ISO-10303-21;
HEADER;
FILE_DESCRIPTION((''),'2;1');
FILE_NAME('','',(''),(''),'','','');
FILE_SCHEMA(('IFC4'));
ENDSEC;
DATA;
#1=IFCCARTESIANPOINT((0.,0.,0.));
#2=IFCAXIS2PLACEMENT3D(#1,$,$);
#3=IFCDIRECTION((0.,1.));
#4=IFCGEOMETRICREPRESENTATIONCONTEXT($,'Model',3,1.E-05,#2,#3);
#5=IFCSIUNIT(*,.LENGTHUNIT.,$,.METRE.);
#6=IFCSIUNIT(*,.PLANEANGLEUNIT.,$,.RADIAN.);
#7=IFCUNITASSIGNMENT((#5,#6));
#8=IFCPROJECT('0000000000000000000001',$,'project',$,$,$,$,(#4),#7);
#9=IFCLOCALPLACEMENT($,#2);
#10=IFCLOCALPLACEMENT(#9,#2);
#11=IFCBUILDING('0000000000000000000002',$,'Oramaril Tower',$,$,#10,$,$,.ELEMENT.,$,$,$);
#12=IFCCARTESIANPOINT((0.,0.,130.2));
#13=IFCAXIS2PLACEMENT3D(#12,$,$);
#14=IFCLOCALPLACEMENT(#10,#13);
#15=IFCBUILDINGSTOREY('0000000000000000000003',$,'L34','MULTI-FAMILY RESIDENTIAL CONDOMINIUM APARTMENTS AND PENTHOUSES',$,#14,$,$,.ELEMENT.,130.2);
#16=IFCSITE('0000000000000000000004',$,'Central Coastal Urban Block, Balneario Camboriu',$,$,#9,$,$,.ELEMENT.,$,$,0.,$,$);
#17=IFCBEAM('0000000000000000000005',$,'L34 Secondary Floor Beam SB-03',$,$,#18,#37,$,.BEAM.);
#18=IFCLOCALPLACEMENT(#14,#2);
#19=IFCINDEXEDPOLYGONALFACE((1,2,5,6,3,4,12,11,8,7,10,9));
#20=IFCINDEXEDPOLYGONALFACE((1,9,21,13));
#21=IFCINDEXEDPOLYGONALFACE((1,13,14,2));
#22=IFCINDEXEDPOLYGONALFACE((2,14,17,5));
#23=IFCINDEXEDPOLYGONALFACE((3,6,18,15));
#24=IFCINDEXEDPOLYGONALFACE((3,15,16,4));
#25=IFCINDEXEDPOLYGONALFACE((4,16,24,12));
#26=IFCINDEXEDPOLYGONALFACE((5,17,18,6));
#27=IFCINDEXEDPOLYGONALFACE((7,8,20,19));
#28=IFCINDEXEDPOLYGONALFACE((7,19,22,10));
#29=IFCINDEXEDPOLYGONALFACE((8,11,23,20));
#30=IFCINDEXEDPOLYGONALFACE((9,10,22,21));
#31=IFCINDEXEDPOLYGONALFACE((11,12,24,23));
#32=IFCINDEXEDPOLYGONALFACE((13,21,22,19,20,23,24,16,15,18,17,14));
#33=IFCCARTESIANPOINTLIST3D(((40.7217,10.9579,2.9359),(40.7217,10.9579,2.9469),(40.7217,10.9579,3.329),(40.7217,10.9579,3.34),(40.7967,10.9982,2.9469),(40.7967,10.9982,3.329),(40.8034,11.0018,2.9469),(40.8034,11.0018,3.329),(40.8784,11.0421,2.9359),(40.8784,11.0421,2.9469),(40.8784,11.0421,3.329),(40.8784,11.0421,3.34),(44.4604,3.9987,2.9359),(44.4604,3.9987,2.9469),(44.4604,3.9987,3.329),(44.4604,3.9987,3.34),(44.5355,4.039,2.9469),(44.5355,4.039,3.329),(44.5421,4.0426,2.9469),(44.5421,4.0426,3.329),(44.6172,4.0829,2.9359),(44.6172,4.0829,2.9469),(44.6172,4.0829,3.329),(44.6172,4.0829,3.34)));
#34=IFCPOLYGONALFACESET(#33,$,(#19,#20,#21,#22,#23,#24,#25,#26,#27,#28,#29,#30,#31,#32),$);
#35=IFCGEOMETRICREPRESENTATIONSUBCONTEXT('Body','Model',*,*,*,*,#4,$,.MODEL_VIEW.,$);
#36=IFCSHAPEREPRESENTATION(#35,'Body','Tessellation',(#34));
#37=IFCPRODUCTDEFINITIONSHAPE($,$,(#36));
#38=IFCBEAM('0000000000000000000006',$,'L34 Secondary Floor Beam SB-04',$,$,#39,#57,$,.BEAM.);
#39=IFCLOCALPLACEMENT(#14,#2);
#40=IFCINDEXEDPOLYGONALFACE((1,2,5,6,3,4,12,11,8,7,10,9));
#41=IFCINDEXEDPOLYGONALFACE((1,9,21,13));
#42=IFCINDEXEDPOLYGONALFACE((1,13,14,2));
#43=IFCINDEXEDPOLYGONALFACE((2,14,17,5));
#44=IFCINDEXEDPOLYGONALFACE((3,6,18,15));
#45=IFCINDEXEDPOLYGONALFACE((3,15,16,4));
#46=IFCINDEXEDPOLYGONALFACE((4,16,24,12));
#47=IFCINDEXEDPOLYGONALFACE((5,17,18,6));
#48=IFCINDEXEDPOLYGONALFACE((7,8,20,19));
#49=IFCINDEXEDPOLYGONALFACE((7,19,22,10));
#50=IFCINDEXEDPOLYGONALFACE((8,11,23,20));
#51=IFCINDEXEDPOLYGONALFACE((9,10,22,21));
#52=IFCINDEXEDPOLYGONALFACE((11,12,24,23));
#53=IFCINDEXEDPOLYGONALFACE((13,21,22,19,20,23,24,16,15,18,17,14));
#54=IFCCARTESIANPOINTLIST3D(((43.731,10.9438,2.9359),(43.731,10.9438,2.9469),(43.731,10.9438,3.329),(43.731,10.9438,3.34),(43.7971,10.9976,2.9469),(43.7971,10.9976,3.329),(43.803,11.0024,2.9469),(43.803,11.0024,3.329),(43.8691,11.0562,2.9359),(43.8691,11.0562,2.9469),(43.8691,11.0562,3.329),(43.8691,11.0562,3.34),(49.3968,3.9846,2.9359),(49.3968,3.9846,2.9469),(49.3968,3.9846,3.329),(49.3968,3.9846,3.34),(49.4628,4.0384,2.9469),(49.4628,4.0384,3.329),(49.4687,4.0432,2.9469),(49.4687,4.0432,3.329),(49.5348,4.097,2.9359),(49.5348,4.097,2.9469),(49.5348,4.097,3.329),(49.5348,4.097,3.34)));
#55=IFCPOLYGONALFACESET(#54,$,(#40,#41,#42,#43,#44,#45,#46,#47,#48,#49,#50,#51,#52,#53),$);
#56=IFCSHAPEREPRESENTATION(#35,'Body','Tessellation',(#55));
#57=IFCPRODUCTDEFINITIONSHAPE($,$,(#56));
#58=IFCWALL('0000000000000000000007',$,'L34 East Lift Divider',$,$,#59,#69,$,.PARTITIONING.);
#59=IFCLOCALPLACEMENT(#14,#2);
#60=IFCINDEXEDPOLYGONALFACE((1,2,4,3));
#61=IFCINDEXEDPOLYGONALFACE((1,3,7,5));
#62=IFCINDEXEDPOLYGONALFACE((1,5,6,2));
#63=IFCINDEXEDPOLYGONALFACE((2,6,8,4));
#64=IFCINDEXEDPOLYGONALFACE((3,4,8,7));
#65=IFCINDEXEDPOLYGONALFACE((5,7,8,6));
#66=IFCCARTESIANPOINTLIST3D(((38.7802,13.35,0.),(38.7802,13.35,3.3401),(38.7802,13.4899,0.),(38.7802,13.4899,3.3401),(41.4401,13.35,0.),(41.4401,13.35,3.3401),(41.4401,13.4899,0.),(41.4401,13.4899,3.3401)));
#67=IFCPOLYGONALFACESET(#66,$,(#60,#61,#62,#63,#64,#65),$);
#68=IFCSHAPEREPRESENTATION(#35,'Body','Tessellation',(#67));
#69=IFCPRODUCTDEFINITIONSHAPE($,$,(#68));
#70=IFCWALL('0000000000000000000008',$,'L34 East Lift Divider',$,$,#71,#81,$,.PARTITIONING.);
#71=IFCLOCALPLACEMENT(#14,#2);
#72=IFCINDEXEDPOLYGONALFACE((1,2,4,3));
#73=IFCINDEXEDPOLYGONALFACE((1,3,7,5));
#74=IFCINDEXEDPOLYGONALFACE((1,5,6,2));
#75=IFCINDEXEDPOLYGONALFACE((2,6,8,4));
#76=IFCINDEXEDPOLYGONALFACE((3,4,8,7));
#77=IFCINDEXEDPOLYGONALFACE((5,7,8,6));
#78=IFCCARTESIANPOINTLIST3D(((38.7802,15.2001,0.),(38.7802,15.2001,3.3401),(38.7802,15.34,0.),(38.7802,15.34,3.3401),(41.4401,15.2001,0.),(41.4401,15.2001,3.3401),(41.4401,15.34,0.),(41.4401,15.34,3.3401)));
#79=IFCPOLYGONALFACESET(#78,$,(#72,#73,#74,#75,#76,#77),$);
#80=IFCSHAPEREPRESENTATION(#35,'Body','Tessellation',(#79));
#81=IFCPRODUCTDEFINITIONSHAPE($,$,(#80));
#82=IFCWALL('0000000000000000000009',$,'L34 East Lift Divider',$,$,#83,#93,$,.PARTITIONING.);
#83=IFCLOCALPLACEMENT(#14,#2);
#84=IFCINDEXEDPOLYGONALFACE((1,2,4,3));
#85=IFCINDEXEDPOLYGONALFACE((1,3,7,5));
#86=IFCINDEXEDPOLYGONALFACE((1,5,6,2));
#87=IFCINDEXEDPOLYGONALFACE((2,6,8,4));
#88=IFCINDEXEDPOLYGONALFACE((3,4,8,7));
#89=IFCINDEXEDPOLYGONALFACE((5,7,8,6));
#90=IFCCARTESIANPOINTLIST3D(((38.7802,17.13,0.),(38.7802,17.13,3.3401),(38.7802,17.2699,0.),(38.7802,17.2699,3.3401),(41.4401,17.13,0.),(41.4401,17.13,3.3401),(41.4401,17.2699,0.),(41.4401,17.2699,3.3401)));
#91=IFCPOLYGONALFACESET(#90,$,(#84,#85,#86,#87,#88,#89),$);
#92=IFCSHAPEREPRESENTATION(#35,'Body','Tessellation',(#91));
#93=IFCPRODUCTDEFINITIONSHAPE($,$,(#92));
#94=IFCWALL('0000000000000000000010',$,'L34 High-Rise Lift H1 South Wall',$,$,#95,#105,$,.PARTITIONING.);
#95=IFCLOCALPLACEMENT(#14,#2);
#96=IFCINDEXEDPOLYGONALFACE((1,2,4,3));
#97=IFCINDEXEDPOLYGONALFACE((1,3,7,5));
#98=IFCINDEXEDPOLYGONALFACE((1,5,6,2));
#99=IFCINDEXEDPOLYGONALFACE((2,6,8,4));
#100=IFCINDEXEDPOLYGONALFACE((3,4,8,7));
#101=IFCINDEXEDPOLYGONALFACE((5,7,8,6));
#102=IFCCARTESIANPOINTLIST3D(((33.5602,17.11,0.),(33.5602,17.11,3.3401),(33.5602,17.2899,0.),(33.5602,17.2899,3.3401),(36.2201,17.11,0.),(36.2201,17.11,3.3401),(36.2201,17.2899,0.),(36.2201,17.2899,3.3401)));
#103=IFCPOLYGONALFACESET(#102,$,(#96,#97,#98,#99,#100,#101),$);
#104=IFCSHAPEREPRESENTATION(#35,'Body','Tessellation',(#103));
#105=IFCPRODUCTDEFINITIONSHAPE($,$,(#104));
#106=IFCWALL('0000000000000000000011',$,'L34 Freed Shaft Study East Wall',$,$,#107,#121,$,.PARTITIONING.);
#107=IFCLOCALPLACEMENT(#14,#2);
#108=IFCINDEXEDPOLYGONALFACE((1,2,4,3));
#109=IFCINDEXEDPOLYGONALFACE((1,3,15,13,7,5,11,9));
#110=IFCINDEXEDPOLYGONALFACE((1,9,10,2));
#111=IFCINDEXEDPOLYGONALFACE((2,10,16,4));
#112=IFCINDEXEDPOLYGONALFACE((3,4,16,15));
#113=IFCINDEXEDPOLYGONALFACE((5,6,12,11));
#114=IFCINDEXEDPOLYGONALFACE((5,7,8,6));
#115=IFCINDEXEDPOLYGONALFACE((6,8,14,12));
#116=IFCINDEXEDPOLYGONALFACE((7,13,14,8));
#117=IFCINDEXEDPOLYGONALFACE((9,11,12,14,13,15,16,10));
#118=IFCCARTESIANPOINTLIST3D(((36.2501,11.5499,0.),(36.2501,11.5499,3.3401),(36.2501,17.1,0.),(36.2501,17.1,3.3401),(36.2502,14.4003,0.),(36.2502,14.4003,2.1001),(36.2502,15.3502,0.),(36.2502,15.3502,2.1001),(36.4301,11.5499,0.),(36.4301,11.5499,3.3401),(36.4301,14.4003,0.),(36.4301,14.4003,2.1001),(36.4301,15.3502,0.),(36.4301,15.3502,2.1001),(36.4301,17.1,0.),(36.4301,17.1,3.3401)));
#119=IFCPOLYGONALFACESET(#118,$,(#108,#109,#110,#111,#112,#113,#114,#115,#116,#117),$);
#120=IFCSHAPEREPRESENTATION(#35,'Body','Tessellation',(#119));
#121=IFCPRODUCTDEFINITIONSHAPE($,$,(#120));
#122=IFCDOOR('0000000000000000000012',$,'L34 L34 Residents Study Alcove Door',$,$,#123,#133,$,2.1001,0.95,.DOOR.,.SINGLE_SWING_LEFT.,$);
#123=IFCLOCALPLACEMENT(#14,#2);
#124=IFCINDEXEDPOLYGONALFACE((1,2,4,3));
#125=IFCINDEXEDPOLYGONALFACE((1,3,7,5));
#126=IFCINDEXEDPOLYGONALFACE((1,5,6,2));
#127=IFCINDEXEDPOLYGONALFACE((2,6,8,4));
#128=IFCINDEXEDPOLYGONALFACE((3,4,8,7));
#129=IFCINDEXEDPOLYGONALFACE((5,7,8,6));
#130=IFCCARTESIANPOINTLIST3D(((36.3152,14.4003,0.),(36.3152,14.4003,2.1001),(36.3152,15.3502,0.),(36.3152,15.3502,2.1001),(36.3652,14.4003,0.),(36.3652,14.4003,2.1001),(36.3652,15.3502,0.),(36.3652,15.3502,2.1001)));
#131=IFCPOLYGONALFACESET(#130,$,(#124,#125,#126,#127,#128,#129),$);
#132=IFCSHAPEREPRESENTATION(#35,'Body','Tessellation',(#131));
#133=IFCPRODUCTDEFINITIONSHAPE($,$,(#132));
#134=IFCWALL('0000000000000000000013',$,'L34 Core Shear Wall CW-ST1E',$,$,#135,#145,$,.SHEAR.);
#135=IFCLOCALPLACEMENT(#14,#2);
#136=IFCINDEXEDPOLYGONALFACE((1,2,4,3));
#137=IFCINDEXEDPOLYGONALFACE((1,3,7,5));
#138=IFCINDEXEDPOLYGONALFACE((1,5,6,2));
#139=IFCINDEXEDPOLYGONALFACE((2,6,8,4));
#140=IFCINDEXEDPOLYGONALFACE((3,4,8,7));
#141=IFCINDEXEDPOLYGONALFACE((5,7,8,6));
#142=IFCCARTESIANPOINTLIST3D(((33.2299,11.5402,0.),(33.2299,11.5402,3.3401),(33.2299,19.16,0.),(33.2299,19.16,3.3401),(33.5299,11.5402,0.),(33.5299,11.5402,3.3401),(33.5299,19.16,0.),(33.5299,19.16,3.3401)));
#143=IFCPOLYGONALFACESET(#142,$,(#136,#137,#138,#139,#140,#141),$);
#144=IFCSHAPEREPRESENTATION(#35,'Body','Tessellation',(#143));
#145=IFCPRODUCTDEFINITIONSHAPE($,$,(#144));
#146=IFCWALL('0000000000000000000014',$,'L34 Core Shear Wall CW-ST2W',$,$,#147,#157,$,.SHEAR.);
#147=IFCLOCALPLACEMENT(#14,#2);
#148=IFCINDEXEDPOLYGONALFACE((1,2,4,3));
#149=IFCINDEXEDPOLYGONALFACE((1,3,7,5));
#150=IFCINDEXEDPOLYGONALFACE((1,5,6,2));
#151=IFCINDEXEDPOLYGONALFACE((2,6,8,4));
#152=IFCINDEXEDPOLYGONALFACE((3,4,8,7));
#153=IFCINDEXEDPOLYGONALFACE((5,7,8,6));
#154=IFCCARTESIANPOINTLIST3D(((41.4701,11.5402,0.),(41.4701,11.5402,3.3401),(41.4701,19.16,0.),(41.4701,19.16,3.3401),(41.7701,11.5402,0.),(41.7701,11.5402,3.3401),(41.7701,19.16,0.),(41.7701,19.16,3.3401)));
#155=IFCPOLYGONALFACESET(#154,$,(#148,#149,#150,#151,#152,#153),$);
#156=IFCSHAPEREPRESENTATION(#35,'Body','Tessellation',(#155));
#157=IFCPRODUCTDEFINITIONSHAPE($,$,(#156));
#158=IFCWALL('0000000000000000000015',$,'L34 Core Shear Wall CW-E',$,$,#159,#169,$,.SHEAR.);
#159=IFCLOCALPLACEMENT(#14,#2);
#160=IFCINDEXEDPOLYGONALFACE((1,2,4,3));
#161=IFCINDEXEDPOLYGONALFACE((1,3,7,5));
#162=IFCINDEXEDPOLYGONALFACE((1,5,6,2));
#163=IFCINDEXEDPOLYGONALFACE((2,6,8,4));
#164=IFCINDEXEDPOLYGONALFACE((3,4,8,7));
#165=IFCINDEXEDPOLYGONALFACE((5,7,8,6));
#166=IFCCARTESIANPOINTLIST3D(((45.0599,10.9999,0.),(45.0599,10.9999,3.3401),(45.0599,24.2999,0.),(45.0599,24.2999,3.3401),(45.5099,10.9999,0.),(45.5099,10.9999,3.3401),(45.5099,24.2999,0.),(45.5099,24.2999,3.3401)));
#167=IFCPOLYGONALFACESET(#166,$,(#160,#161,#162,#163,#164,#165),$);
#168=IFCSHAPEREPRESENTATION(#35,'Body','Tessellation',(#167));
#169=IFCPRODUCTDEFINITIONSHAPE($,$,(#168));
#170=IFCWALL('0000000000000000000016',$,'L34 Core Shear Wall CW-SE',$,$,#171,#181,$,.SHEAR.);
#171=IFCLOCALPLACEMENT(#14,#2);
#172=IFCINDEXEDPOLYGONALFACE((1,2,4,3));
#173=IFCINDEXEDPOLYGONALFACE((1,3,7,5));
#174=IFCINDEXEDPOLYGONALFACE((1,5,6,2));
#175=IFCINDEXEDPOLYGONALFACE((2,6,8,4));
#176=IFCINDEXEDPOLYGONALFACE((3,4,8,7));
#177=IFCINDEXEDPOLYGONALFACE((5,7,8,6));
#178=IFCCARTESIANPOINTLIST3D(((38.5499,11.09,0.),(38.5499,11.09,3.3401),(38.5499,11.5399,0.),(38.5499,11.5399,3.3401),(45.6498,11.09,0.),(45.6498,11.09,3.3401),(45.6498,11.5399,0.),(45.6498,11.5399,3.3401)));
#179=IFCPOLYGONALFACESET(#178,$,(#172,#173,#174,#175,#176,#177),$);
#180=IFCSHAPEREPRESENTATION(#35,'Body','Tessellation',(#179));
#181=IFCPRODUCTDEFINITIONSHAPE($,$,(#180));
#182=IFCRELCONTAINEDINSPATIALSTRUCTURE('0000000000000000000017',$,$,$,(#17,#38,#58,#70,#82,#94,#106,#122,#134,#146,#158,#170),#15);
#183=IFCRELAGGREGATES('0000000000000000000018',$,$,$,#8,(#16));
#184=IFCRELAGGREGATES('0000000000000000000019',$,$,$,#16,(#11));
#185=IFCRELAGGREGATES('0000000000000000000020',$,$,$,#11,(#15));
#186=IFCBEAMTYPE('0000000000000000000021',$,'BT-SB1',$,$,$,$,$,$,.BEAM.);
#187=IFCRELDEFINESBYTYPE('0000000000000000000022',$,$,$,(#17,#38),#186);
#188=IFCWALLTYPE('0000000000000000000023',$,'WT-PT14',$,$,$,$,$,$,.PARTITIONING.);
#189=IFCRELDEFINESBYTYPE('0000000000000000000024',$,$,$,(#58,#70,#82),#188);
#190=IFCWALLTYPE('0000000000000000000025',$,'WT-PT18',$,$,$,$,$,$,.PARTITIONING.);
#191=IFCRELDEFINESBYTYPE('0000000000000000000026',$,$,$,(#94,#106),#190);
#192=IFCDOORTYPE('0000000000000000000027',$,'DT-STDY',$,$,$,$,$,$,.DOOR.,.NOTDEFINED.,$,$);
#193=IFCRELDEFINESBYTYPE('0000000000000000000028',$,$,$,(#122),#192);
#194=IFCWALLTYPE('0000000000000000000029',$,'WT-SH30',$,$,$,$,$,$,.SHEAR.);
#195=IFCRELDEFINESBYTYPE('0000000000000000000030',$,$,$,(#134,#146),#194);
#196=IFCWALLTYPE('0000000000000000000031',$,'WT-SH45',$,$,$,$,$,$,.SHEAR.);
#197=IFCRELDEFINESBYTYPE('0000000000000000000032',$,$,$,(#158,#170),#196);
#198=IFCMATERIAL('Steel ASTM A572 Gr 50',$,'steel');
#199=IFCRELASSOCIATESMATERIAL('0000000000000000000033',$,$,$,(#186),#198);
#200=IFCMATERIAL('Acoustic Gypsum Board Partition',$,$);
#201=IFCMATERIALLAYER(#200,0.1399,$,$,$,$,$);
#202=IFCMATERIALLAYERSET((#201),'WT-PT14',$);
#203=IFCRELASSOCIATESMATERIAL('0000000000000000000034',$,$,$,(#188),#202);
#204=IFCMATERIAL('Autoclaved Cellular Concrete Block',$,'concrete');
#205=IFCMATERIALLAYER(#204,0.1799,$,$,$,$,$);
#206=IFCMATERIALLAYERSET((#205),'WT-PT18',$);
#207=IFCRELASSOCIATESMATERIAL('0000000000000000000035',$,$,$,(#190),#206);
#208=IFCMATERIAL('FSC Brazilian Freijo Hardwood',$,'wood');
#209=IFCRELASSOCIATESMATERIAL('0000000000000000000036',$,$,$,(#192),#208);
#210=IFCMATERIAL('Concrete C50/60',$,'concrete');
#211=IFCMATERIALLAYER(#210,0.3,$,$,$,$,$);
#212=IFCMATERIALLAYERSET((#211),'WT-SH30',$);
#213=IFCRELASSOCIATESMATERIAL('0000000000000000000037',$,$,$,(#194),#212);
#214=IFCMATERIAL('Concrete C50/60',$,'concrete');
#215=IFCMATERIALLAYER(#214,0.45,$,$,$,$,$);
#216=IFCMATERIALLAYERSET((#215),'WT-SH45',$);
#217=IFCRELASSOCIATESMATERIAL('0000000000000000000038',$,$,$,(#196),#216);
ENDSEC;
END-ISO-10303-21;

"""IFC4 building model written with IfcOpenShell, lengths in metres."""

from ifc_helpers import new_model, si_unit, direction, frame, frame_2d, origin, origin_2d, place, context, subcontext, project, spatial, rectangle, i_section, extrude, material, layer, layer_set, material_profile, profile_set, type_object, element, fill, save


model = new_model("IFC4")

# Units and contexts
model_context = context("Model", 3, precision=1e-05, world=origin(), true_north=direction((0.0, 1.0)))
body_context = subcontext(model_context, "Body", "Model", "MODEL_VIEW")
ifc_project = project(units=[si_unit("LENGTHUNIT", "METRE"), si_unit("PLANEANGLEUNIT", "RADIAN")], contexts=[model_context])

# Site, building, storey
site_placement = place(None, origin())
site = spatial("IfcSite", under=ifc_project, at=site_placement, Name="Central Coastal Urban Block, Balneario Camboriu", CompositionType="ELEMENT", RefElevation=0.0)
building_placement = place(site_placement, origin())
building = spatial("IfcBuilding", under=site, at=building_placement, Name="Oramaril Tower", CompositionType="ELEMENT")
storey_placement = place(building_placement, frame((0.0, 0.0, 130.2)))
storey = spatial("IfcBuildingStorey", under=building, at=storey_placement, Name="L34", Description="MULTI-FAMILY RESIDENTIAL CONDOMINIUM APARTMENTS AND PENTHOUSES", CompositionType="ELEMENT", Elevation=130.2)

# Beams
ifc_material_1 = material(Name="Steel ASTM A572 Gr 50", Category="steel")
ifc_material_profile = material_profile(ifc_material_1, i_section(OverallWidth=0.178, OverallDepth=0.4041, WebThickness=0.0076, FlangeThickness=0.011, at=origin_2d()), Name="W16X36")
ifc_profile_set = profile_set([ifc_material_profile], Name="Steel ASTM A572 Gr 50")
beam_type = type_object("IfcBeamType", Name="BT-SB1", PredefinedType="BEAM", material=ifc_profile_set)
beam_1_placement = place(storey_placement, frame((40.8, 11.0, 3.1379), z_axis=(0.473265, -0.88092, 0.0), x_axis=(0.88092, 0.473265, 0.0)))
element("IfcBeam", 1, at=beam_1_placement, inside=storey, type_object=beam_type, Name="L34 Secondary Floor Beam SB-03", PredefinedType="BEAM", context=body_context, shape_type="SweptSolid", body=[
    extrude(i_section(OverallWidth=0.178, OverallDepth=0.4041, WebThickness=0.0076, FlangeThickness=0.011, at=origin_2d()), origin(), (0.0, 0.0, 1.0), 7.8999),
])
beam_2_placement = place(storey_placement, frame((43.8, 11.0, 3.1379), z_axis=(0.631357, -0.775492, 0.0), x_axis=(0.775492, 0.631357, 0.0)))
element("IfcBeam", 2, at=beam_2_placement, inside=storey, type_object=beam_type, Name="L34 Secondary Floor Beam SB-04", PredefinedType="BEAM", context=body_context, shape_type="SweptSolid", body=[
    extrude(i_section(OverallWidth=0.178, OverallDepth=0.4041, WebThickness=0.0076, FlangeThickness=0.011, at=origin_2d()), origin(), (0.0, 0.0, 1.0), 8.9739),
])

# Walls
ifc_material_2 = material(Name="Acoustic Gypsum Board Partition")
ifc_layer_1 = layer(ifc_material_2, 0.1399)
ifc_layer_set_1 = layer_set([ifc_layer_1], Name="WT-PT14")
wall_type_1 = type_object("IfcWallType", Name="WT-PT14", PredefinedType="PARTITIONING", material=ifc_layer_set_1)
for number, where, z_axis, x_axis, name in (
    (3, (38.78, 13.4199, 0.0), (0.0, 0.0, 1.0), (1.0, 0.0, 0.0), "L34 East Lift Divider"),
    (4, (38.78, 15.27, 0.0), (0.0, 0.0, 1.0), (1.0, 0.0, 0.0), "L34 East Lift Divider"),
    (5, (38.78, 17.2, 0.0), (0.0, 0.0, 1.0), (1.0, 0.0, 0.0), "L34 East Lift Divider"),
):
    element("IfcWall", number, at=place(storey_placement, frame(where, z_axis=z_axis, x_axis=x_axis)), inside=storey, type_object=wall_type_1, Name=name, PredefinedType="PARTITIONING", context=body_context, shape_type="SweptSolid", body=[
        extrude(rectangle(XDim=2.6599, YDim=0.1399, at=frame_2d((1.3301, 0.0))), origin(), (0.0, 0.0, 1.0), 3.3401),
    ])
ifc_material_3 = material(Name="Autoclaved Cellular Concrete Block", Category="concrete")
ifc_layer_2 = layer(ifc_material_3, 0.1799)
ifc_layer_set_2 = layer_set([ifc_layer_2], Name="WT-PT18")
wall_type_2 = type_object("IfcWallType", Name="WT-PT18", PredefinedType="PARTITIONING", material=ifc_layer_set_2)
wall_1_placement = place(storey_placement, frame((33.5601, 17.2, 0.0), z_axis=(0.0, 0.0, 1.0), x_axis=(1.0, 0.0, 0.0)))
element("IfcWall", 6, at=wall_1_placement, inside=storey, type_object=wall_type_2, Name="L34 High-Rise Lift H1 South Wall", PredefinedType="PARTITIONING", context=body_context, shape_type="SweptSolid", body=[
    extrude(rectangle(XDim=2.6599, YDim=0.1799, at=frame_2d((1.3301, 0.0))), origin(), (0.0, 0.0, 1.0), 3.3401),
])

# Wall, opening, door
wall_2_placement = place(storey_placement, frame((36.3401, 11.55, 0.0), z_axis=(0.0, 0.0, 1.0), x_axis=(0.0, 1.0, 0.0)))
wall_2 = element("IfcWall", 7, at=wall_2_placement, inside=storey, type_object=wall_type_2, Name="L34 Freed Shaft Study East Wall", PredefinedType="PARTITIONING", context=body_context, shape_type="SweptSolid", body=[
    extrude(rectangle(XDim=5.55, YDim=0.1799, at=frame_2d((2.7749, 0.0))), origin(), (0.0, 0.0, 1.0), 3.3401),
])
opening_1_placement = place(wall_2_placement, frame((2.8501, 0.0, 0.0)))
opening_1 = element("IfcOpeningElement", 8, at=opening_1_placement, cuts=wall_2, PredefinedType="OPENING", context=body_context, shape_type="SweptSolid", body=[
    extrude(rectangle(XDim=0.95, YDim=2.1001, at=frame_2d((0.4751, 1.05))), frame((0.0, 0.0898, 0.0), z_axis=(0.0, -1.0, 0.0), x_axis=(1.0, 0.0, 0.0)), (0.0, 0.0, 1.0), 0.1799),
])
ifc_material_4 = material(Name="FSC Brazilian Freijo Hardwood", Category="wood")
door_type_1 = type_object("IfcDoorType", Name="DT-STDY", OperationType="NOTDEFINED", PredefinedType="DOOR", material=ifc_material_4)
door_1_placement = place(opening_1_placement, origin())
door_1 = element("IfcDoor", 9, at=door_1_placement, inside=storey, type_object=door_type_1, Name="L34 L34 Residents Study Alcove Door", OperationType="SINGLE_SWING_LEFT", OverallHeight=2.1001, OverallWidth=0.95, PredefinedType="DOOR", context=body_context, shape_type="SweptSolid", body=[
    extrude(rectangle(XDim=0.95, YDim=2.1001, at=frame_2d((0.4751, 1.05))), frame((0.0, 0.0249, 0.0), z_axis=(0.0, -1.0, 0.0), x_axis=(1.0, 0.0, 0.0)), (0.0, 0.0, 1.0), 0.05),
])
fill(opening_1, door_1)

# Walls
ifc_material_5 = material(Name="Concrete C50/60", Category="concrete")
ifc_layer_3 = layer(ifc_material_5, 0.3)
ifc_layer_set_3 = layer_set([ifc_layer_3], Name="WT-SH30")
wall_type_3 = type_object("IfcWallType", Name="WT-SH30", PredefinedType="SHEAR", material=ifc_layer_set_3)
for number, where, z_axis, x_axis, name in (
    (10, (33.3799, 11.54, 0.0), (0.0, 0.0, 1.0), (0.0, 1.0, 0.0), "L34 Core Shear Wall CW-ST1E"),
    (11, (41.6201, 11.54, 0.0), (0.0, 0.0, 1.0), (0.0, 1.0, 0.0), "L34 Core Shear Wall CW-ST2W"),
):
    element("IfcWall", number, at=place(storey_placement, frame(where, z_axis=z_axis, x_axis=x_axis)), inside=storey, type_object=wall_type_3, Name=name, PredefinedType="SHEAR", context=body_context, shape_type="SweptSolid", body=[
        extrude(rectangle(XDim=7.6199, YDim=0.3, at=frame_2d((3.8101, 0.0))), origin(), (0.0, 0.0, 1.0), 3.3401),
    ])
ifc_material_6 = material(Name="Concrete C50/60", Category="concrete")
ifc_layer_4 = layer(ifc_material_6, 0.45)
ifc_layer_set_4 = layer_set([ifc_layer_4], Name="WT-SH45")
wall_type_4 = type_object("IfcWallType", Name="WT-SH45", PredefinedType="SHEAR", material=ifc_layer_set_4)
wall_3_placement = place(storey_placement, frame((45.2849, 11.0, 0.0), z_axis=(0.0, 0.0, 1.0), x_axis=(0.0, 1.0, 0.0)))
element("IfcWall", 12, at=wall_3_placement, inside=storey, type_object=wall_type_4, Name="L34 Core Shear Wall CW-E", PredefinedType="SHEAR", context=body_context, shape_type="SweptSolid", body=[
    extrude(rectangle(XDim=13.3, YDim=0.45, at=frame_2d((6.6499, 0.0))), origin(), (0.0, 0.0, 1.0), 3.3401),
])
wall_4_placement = place(storey_placement, frame((38.55, 11.3149, 0.0), z_axis=(0.0, 0.0, 1.0), x_axis=(1.0, 0.0, 0.0)))
element("IfcWall", 13, at=wall_4_placement, inside=storey, type_object=wall_type_4, Name="L34 Core Shear Wall CW-SE", PredefinedType="SHEAR", context=body_context, shape_type="SweptSolid", body=[
    extrude(rectangle(XDim=7.0999, YDim=0.45, at=frame_2d((3.5498, 0.0))), origin(), (0.0, 0.0, 1.0), 3.3401),
])

save(model, "model.ifc")
